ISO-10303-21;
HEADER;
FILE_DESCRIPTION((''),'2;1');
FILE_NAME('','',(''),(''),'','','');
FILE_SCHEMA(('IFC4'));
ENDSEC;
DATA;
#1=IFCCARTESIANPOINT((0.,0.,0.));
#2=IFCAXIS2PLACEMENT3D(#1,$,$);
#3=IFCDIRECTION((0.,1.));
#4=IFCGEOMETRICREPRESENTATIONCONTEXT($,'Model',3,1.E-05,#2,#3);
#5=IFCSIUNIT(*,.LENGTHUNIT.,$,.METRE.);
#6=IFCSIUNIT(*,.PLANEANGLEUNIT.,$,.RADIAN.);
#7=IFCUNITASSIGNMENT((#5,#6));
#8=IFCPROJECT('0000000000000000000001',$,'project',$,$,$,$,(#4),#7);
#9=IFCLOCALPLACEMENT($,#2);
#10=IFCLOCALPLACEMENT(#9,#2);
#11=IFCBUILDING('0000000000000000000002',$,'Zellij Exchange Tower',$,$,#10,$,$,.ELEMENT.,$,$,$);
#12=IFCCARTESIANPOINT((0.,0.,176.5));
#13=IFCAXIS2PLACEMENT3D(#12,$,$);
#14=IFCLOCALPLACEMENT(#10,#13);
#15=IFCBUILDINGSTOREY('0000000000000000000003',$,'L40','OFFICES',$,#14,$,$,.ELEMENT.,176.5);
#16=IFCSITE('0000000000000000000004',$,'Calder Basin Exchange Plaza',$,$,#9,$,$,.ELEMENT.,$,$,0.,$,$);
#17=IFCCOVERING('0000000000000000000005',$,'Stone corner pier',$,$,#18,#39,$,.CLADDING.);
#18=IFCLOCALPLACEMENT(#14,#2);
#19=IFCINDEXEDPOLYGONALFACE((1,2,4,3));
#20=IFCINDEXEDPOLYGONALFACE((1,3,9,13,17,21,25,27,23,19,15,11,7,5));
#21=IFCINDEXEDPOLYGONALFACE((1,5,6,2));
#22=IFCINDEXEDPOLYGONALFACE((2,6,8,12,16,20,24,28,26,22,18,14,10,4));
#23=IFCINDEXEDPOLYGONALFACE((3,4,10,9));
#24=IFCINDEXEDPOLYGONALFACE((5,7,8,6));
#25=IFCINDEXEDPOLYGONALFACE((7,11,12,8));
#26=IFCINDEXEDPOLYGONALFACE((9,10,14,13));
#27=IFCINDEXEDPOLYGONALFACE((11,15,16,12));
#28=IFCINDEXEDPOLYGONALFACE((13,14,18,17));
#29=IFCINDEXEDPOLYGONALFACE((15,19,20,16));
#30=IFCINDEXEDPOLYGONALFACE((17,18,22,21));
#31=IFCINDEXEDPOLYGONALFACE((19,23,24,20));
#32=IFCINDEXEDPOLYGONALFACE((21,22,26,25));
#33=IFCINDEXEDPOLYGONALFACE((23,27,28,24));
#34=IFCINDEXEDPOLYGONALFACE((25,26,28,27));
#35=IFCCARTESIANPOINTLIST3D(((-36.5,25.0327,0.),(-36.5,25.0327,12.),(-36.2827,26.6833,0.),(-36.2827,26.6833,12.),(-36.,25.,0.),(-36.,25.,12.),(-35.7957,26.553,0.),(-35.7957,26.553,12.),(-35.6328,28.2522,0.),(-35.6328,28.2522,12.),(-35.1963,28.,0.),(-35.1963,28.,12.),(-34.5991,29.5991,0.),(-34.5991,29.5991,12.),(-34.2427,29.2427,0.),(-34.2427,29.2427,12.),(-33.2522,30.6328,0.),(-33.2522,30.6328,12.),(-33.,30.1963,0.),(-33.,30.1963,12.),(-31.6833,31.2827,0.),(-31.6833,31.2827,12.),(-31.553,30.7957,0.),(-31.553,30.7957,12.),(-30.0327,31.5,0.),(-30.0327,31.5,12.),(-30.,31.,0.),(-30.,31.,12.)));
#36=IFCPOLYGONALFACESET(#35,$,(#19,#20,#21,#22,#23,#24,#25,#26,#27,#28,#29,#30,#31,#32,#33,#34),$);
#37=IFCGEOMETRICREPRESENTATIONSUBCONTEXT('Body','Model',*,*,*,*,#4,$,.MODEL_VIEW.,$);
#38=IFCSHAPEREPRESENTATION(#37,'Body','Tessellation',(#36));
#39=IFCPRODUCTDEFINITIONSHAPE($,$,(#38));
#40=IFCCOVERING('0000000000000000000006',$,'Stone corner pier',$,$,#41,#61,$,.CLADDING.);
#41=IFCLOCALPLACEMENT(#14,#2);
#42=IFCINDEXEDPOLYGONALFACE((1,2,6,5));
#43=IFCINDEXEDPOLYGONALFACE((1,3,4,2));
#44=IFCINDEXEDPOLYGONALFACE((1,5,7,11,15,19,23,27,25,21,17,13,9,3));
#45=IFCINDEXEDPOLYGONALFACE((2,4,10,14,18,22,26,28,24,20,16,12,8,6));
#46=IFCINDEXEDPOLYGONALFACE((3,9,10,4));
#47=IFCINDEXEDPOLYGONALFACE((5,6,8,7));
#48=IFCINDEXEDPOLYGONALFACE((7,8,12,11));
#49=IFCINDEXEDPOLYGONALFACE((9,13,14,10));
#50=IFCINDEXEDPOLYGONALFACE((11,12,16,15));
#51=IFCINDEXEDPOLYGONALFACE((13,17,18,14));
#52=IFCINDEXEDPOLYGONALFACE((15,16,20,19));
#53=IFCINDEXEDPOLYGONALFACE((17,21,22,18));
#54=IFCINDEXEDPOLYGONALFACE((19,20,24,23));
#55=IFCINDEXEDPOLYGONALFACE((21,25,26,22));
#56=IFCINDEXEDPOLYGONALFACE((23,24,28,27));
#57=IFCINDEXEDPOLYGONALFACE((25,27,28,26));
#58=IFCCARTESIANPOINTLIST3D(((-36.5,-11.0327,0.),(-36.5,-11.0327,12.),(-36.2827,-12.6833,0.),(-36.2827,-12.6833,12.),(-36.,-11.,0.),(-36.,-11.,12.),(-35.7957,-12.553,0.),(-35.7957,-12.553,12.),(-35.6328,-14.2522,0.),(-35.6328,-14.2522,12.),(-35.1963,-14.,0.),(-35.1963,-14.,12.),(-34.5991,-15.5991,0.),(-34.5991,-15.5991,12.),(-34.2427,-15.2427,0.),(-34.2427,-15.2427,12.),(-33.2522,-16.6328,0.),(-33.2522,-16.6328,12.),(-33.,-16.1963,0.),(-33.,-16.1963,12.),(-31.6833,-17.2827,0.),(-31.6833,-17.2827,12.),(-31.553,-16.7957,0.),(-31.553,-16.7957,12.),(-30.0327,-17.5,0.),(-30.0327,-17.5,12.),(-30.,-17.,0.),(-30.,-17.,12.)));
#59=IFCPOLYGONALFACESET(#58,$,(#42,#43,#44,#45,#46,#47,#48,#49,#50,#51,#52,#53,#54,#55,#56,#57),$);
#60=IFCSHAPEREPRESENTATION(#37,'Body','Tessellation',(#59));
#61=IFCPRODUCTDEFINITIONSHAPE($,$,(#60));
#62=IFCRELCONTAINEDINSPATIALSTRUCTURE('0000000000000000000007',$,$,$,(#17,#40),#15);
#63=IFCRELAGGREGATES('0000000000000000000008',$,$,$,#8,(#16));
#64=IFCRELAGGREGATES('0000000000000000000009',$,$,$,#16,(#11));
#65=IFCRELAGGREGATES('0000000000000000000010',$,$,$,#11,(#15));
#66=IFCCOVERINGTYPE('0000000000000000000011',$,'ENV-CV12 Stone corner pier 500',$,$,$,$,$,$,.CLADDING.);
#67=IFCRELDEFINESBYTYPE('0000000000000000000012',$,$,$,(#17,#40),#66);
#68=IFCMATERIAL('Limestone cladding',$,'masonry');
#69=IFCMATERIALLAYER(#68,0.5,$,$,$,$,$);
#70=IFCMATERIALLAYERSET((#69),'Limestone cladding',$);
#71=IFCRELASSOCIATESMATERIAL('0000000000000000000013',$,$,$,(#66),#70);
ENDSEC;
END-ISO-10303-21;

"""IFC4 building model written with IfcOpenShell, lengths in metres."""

from ifc_helpers import new_model, si_unit, direction, frame, origin, place, context, subcontext, project, spatial, polyline, outline, extrude, material, layer, layer_set, type_object, element, save


model = new_model("IFC4")

# Units and contexts
model_context = context("Model", 3, precision=1e-05, world=origin(), true_north=direction((0.0, 1.0)))
body_context = subcontext(model_context, "Body", "Model", "MODEL_VIEW")
ifc_project = project(units=[si_unit("LENGTHUNIT", "METRE"), si_unit("PLANEANGLEUNIT", "RADIAN")], contexts=[model_context])

# Site, building, storey
site_placement = place(None, origin())
site = spatial("IfcSite", under=ifc_project, at=site_placement, Name="Calder Basin Exchange Plaza", CompositionType="ELEMENT", RefElevation=0.0)
building_placement = place(site_placement, origin())
building = spatial("IfcBuilding", under=site, at=building_placement, Name="Zellij Exchange Tower", CompositionType="ELEMENT")
storey_placement = place(building_placement, frame((0.0, 0.0, 176.5)))
storey = spatial("IfcBuildingStorey", under=building, at=storey_placement, Name="L40", Description="OFFICES", CompositionType="ELEMENT", Elevation=176.5)

# Coverings
ifc_material_1 = material(Name="Limestone cladding", Category="masonry")
ifc_layer_1 = layer(ifc_material_1, 0.5)
ifc_layer_set_1 = layer_set([ifc_layer_1], Name="Limestone cladding")
covering_type = type_object("IfcCoveringType", Name="ENV-CV12 Stone corner pier 500", PredefinedType="CLADDING", material=ifc_layer_set_1)
covering_1_placement = place(storey_placement, origin())
element("IfcCovering", 1, at=covering_1_placement, inside=storey, type_object=covering_type, Name="Stone corner pier", PredefinedType="CLADDING", context=body_context, shape_type="SweptSolid", body=[
    extrude(outline(polyline([(-30.0, 31.0), (-31.553, 30.7957), (-33.0, 30.1963), (-34.2427, 29.2427), (-35.1963, 28.0), (-35.7957, 26.553), (-36.0, 25.0), (-36.5, 25.0327), (-36.2827, 26.6833), (-35.6328, 28.2522), (-34.5991, 29.5991), (-33.2522, 30.6328), (-31.6833, 31.2827), (-30.0327, 31.5), (-30.0, 31.0)])), origin(), (0.0, 0.0, 1.0), 12.0),
])
covering_2_placement = place(storey_placement, origin())
element("IfcCovering", 2, at=covering_2_placement, inside=storey, type_object=covering_type, Name="Stone corner pier", PredefinedType="CLADDING", context=body_context, shape_type="SweptSolid", body=[
    extrude(outline(polyline([(-36.0, -11.0), (-35.7957, -12.553), (-35.1963, -14.0), (-34.2427, -15.2427), (-33.0, -16.1963), (-31.553, -16.7957), (-30.0, -17.0), (-30.0327, -17.5), (-31.6833, -17.2827), (-33.2522, -16.6328), (-34.5991, -15.5991), (-35.6328, -14.2522), (-36.2827, -12.6833), (-36.5, -11.0327), (-36.0, -11.0)])), origin(), (0.0, 0.0, 1.0), 12.0),
])

save(model, "model.ifc")
